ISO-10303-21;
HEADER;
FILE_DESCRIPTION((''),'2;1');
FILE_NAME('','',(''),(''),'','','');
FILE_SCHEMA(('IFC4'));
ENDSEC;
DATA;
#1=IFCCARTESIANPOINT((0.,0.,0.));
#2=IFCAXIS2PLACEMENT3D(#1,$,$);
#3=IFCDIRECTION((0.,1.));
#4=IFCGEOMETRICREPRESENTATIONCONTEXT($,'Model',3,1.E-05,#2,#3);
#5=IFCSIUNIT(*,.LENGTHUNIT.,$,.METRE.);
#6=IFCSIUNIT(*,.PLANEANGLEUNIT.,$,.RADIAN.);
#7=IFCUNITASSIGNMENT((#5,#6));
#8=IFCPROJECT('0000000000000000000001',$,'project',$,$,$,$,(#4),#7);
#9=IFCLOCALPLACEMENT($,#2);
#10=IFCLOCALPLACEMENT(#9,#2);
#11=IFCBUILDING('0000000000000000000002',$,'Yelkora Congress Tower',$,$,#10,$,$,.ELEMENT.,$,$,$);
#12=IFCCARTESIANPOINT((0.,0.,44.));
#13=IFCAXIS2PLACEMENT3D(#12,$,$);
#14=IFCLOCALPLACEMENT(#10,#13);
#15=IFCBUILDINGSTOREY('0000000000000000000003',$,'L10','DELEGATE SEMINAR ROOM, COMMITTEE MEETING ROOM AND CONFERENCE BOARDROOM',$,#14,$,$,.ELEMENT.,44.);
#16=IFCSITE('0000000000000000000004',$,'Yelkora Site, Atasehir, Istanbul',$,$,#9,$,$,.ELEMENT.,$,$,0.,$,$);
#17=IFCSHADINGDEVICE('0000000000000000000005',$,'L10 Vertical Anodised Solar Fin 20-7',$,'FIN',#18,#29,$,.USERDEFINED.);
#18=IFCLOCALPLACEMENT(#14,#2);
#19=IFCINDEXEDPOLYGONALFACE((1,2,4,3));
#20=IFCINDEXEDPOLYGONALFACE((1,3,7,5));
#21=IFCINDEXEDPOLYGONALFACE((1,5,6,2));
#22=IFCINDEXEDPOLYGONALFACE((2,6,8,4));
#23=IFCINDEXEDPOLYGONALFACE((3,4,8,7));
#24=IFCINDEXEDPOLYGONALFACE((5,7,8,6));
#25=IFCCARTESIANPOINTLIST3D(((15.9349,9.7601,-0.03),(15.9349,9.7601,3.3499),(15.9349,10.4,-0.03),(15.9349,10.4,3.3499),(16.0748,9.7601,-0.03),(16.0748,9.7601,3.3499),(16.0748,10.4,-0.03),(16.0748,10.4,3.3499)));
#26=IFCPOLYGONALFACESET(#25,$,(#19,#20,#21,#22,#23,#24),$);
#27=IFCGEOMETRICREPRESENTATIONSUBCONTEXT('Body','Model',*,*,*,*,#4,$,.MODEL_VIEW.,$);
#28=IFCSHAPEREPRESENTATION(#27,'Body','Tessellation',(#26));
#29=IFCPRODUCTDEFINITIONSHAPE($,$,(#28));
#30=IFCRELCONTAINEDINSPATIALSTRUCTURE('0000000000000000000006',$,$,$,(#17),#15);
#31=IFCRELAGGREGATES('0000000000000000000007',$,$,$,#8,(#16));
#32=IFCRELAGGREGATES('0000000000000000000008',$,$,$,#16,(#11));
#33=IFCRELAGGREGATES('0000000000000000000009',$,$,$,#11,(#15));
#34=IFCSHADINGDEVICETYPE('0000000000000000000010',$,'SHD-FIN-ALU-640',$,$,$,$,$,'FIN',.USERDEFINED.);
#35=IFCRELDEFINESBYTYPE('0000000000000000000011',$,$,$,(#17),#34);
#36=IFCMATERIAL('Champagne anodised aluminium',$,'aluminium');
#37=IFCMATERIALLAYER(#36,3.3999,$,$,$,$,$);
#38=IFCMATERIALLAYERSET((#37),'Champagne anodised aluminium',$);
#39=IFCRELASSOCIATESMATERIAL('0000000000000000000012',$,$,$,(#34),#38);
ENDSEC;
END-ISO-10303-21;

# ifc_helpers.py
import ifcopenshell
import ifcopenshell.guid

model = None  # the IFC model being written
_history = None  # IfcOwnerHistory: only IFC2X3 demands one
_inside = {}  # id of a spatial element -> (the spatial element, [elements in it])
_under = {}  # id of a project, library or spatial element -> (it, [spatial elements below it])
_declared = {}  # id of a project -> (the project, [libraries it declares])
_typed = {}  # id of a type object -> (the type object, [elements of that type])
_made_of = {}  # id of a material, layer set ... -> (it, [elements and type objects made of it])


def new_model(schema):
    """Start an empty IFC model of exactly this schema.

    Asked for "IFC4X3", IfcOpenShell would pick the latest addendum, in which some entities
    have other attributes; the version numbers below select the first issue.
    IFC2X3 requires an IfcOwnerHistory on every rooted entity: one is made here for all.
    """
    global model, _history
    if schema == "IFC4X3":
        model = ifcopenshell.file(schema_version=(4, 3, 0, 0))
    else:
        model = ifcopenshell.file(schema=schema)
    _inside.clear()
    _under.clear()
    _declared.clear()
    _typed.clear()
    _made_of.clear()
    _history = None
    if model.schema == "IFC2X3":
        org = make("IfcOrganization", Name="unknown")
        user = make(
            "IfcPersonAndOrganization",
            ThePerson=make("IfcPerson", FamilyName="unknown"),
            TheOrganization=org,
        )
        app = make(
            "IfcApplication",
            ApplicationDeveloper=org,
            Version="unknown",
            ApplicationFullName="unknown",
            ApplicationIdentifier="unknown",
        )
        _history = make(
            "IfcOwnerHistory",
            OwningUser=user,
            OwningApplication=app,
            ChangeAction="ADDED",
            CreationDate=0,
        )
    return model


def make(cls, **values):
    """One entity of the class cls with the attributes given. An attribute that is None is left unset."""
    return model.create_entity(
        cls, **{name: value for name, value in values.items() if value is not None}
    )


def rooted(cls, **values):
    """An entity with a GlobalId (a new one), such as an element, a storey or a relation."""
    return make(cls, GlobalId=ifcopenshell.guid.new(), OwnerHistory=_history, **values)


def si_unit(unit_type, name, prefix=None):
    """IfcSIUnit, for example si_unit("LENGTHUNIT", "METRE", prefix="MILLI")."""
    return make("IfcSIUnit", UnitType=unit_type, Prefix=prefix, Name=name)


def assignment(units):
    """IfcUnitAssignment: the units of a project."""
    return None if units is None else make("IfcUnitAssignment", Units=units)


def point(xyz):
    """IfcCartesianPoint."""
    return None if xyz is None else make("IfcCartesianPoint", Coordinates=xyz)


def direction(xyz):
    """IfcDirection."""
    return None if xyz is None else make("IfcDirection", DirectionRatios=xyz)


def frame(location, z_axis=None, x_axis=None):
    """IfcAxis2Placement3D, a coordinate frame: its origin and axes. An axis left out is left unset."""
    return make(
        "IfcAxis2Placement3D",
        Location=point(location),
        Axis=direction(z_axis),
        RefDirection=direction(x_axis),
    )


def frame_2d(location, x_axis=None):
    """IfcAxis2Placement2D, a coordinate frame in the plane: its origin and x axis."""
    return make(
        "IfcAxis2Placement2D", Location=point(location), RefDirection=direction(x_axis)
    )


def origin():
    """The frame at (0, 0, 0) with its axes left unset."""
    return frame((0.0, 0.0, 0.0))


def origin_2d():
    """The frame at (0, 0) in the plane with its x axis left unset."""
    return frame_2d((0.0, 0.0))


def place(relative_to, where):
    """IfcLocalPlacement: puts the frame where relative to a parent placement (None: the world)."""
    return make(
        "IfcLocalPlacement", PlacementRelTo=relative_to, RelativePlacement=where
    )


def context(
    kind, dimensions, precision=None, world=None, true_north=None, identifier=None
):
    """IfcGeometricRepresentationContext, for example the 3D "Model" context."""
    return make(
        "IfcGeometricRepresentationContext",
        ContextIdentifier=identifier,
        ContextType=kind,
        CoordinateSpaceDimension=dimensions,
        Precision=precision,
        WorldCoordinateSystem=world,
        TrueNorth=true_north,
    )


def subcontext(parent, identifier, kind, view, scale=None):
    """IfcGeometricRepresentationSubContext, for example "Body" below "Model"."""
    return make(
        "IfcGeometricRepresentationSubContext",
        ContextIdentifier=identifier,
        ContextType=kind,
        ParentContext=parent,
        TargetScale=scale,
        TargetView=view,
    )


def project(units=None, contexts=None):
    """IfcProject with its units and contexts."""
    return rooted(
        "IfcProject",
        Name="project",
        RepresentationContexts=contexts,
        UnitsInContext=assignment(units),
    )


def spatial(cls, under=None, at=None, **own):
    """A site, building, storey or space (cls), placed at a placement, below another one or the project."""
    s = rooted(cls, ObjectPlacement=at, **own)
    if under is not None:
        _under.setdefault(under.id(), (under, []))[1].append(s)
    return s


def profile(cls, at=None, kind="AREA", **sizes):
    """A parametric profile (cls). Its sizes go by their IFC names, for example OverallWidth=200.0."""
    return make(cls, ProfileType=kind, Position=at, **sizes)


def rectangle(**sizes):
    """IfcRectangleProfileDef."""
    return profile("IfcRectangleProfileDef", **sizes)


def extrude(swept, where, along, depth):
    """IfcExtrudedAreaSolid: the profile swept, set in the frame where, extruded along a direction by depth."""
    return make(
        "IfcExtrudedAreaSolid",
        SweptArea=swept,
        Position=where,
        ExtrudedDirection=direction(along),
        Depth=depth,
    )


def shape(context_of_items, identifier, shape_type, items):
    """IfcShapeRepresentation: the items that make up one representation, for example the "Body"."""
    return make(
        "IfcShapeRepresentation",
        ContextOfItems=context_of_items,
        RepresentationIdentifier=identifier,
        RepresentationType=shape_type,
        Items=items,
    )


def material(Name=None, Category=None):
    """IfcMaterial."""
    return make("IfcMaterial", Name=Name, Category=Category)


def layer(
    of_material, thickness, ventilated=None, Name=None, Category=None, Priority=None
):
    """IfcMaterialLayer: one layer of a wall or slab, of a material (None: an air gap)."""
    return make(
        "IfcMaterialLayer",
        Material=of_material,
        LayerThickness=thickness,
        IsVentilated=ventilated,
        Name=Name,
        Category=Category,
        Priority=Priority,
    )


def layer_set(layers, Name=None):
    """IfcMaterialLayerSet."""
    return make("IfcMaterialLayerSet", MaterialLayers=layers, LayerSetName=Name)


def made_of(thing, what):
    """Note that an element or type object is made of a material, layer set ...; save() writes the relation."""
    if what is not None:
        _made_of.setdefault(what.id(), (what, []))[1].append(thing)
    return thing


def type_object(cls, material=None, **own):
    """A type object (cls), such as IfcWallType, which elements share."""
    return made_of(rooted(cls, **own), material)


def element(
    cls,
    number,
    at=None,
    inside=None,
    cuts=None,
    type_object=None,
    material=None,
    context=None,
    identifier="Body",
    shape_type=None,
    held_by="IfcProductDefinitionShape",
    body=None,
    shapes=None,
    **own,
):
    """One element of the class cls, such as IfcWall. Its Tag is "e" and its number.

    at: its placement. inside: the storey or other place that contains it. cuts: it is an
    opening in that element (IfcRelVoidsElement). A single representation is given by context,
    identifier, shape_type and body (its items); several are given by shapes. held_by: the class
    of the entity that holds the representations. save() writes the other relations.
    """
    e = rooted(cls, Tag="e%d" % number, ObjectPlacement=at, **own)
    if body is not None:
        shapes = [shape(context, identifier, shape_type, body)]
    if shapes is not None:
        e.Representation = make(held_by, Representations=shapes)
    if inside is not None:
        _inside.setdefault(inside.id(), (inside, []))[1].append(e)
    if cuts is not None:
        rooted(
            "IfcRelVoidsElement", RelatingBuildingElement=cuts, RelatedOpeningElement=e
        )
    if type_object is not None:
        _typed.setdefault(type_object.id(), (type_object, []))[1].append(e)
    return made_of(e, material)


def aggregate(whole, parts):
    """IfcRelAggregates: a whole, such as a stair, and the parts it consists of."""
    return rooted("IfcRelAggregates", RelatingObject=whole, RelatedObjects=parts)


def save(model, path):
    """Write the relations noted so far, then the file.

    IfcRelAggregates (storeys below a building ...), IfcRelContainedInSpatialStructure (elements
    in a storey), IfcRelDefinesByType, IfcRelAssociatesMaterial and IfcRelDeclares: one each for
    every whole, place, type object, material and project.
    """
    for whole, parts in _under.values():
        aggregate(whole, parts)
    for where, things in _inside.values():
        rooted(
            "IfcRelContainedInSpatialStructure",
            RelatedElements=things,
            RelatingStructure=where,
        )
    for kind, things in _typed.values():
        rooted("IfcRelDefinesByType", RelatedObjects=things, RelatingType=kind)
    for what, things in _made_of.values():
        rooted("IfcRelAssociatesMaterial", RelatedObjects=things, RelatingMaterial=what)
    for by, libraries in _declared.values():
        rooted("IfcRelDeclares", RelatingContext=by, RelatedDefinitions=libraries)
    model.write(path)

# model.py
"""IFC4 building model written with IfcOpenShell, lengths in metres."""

from ifc_helpers import new_model, si_unit, direction, frame, origin, origin_2d, place, context, subcontext, project, spatial, rectangle, extrude, material, layer, layer_set, type_object, element, save


model = new_model("IFC4")

# Units and contexts
model_context = context("Model", 3, precision=1e-05, world=origin(), true_north=direction((0.0, 1.0)))
body_context = subcontext(model_context, "Body", "Model", "MODEL_VIEW")
ifc_project = project(units=[si_unit("LENGTHUNIT", "METRE"), si_unit("PLANEANGLEUNIT", "RADIAN")], contexts=[model_context])

# Site, building, storey
site_placement = place(None, origin())
site = spatial("IfcSite", under=ifc_project, at=site_placement, Name="Yelkora Site, Atasehir, Istanbul", CompositionType="ELEMENT", RefElevation=0.0)
building_placement = place(site_placement, origin())
building = spatial("IfcBuilding", under=site, at=building_placement, Name="Yelkora Congress Tower", CompositionType="ELEMENT")
storey_placement = place(building_placement, frame((0.0, 0.0, 44.0)))
storey = spatial("IfcBuildingStorey", under=building, at=storey_placement, Name="L10", Description="DELEGATE SEMINAR ROOM, COMMITTEE MEETING ROOM AND CONFERENCE BOARDROOM", CompositionType="ELEMENT", Elevation=44.0)

# Shading device
ifc_material_1 = material(Name="Champagne anodised aluminium", Category="aluminium")
ifc_layer_1 = layer(ifc_material_1, 3.3999)
ifc_layer_set_1 = layer_set([ifc_layer_1], Name="Champagne anodised aluminium")
shading_device_type = type_object("IfcShadingDeviceType", Name="SHD-FIN-ALU-640", ElementType="FIN", PredefinedType="USERDEFINED", material=ifc_layer_set_1)
shading_device_placement = place(storey_placement, frame((16.0049, 10.0801, -0.03), z_axis=(0.0, 0.0, 1.0), x_axis=(-1.0, 0.0, 0.0)))
element("IfcShadingDevice", 1, at=shading_device_placement, inside=storey, type_object=shading_device_type, Name="L10 Vertical Anodised Solar Fin 20-7", ObjectType="FIN", PredefinedType="USERDEFINED", context=body_context, shape_type="SweptSolid", body=[
    extrude(rectangle(XDim=0.1399, YDim=0.6399, at=origin_2d()), origin(), (0.0, 0.0, 1.0), 3.3799),
])

save(model, "model.ifc")
